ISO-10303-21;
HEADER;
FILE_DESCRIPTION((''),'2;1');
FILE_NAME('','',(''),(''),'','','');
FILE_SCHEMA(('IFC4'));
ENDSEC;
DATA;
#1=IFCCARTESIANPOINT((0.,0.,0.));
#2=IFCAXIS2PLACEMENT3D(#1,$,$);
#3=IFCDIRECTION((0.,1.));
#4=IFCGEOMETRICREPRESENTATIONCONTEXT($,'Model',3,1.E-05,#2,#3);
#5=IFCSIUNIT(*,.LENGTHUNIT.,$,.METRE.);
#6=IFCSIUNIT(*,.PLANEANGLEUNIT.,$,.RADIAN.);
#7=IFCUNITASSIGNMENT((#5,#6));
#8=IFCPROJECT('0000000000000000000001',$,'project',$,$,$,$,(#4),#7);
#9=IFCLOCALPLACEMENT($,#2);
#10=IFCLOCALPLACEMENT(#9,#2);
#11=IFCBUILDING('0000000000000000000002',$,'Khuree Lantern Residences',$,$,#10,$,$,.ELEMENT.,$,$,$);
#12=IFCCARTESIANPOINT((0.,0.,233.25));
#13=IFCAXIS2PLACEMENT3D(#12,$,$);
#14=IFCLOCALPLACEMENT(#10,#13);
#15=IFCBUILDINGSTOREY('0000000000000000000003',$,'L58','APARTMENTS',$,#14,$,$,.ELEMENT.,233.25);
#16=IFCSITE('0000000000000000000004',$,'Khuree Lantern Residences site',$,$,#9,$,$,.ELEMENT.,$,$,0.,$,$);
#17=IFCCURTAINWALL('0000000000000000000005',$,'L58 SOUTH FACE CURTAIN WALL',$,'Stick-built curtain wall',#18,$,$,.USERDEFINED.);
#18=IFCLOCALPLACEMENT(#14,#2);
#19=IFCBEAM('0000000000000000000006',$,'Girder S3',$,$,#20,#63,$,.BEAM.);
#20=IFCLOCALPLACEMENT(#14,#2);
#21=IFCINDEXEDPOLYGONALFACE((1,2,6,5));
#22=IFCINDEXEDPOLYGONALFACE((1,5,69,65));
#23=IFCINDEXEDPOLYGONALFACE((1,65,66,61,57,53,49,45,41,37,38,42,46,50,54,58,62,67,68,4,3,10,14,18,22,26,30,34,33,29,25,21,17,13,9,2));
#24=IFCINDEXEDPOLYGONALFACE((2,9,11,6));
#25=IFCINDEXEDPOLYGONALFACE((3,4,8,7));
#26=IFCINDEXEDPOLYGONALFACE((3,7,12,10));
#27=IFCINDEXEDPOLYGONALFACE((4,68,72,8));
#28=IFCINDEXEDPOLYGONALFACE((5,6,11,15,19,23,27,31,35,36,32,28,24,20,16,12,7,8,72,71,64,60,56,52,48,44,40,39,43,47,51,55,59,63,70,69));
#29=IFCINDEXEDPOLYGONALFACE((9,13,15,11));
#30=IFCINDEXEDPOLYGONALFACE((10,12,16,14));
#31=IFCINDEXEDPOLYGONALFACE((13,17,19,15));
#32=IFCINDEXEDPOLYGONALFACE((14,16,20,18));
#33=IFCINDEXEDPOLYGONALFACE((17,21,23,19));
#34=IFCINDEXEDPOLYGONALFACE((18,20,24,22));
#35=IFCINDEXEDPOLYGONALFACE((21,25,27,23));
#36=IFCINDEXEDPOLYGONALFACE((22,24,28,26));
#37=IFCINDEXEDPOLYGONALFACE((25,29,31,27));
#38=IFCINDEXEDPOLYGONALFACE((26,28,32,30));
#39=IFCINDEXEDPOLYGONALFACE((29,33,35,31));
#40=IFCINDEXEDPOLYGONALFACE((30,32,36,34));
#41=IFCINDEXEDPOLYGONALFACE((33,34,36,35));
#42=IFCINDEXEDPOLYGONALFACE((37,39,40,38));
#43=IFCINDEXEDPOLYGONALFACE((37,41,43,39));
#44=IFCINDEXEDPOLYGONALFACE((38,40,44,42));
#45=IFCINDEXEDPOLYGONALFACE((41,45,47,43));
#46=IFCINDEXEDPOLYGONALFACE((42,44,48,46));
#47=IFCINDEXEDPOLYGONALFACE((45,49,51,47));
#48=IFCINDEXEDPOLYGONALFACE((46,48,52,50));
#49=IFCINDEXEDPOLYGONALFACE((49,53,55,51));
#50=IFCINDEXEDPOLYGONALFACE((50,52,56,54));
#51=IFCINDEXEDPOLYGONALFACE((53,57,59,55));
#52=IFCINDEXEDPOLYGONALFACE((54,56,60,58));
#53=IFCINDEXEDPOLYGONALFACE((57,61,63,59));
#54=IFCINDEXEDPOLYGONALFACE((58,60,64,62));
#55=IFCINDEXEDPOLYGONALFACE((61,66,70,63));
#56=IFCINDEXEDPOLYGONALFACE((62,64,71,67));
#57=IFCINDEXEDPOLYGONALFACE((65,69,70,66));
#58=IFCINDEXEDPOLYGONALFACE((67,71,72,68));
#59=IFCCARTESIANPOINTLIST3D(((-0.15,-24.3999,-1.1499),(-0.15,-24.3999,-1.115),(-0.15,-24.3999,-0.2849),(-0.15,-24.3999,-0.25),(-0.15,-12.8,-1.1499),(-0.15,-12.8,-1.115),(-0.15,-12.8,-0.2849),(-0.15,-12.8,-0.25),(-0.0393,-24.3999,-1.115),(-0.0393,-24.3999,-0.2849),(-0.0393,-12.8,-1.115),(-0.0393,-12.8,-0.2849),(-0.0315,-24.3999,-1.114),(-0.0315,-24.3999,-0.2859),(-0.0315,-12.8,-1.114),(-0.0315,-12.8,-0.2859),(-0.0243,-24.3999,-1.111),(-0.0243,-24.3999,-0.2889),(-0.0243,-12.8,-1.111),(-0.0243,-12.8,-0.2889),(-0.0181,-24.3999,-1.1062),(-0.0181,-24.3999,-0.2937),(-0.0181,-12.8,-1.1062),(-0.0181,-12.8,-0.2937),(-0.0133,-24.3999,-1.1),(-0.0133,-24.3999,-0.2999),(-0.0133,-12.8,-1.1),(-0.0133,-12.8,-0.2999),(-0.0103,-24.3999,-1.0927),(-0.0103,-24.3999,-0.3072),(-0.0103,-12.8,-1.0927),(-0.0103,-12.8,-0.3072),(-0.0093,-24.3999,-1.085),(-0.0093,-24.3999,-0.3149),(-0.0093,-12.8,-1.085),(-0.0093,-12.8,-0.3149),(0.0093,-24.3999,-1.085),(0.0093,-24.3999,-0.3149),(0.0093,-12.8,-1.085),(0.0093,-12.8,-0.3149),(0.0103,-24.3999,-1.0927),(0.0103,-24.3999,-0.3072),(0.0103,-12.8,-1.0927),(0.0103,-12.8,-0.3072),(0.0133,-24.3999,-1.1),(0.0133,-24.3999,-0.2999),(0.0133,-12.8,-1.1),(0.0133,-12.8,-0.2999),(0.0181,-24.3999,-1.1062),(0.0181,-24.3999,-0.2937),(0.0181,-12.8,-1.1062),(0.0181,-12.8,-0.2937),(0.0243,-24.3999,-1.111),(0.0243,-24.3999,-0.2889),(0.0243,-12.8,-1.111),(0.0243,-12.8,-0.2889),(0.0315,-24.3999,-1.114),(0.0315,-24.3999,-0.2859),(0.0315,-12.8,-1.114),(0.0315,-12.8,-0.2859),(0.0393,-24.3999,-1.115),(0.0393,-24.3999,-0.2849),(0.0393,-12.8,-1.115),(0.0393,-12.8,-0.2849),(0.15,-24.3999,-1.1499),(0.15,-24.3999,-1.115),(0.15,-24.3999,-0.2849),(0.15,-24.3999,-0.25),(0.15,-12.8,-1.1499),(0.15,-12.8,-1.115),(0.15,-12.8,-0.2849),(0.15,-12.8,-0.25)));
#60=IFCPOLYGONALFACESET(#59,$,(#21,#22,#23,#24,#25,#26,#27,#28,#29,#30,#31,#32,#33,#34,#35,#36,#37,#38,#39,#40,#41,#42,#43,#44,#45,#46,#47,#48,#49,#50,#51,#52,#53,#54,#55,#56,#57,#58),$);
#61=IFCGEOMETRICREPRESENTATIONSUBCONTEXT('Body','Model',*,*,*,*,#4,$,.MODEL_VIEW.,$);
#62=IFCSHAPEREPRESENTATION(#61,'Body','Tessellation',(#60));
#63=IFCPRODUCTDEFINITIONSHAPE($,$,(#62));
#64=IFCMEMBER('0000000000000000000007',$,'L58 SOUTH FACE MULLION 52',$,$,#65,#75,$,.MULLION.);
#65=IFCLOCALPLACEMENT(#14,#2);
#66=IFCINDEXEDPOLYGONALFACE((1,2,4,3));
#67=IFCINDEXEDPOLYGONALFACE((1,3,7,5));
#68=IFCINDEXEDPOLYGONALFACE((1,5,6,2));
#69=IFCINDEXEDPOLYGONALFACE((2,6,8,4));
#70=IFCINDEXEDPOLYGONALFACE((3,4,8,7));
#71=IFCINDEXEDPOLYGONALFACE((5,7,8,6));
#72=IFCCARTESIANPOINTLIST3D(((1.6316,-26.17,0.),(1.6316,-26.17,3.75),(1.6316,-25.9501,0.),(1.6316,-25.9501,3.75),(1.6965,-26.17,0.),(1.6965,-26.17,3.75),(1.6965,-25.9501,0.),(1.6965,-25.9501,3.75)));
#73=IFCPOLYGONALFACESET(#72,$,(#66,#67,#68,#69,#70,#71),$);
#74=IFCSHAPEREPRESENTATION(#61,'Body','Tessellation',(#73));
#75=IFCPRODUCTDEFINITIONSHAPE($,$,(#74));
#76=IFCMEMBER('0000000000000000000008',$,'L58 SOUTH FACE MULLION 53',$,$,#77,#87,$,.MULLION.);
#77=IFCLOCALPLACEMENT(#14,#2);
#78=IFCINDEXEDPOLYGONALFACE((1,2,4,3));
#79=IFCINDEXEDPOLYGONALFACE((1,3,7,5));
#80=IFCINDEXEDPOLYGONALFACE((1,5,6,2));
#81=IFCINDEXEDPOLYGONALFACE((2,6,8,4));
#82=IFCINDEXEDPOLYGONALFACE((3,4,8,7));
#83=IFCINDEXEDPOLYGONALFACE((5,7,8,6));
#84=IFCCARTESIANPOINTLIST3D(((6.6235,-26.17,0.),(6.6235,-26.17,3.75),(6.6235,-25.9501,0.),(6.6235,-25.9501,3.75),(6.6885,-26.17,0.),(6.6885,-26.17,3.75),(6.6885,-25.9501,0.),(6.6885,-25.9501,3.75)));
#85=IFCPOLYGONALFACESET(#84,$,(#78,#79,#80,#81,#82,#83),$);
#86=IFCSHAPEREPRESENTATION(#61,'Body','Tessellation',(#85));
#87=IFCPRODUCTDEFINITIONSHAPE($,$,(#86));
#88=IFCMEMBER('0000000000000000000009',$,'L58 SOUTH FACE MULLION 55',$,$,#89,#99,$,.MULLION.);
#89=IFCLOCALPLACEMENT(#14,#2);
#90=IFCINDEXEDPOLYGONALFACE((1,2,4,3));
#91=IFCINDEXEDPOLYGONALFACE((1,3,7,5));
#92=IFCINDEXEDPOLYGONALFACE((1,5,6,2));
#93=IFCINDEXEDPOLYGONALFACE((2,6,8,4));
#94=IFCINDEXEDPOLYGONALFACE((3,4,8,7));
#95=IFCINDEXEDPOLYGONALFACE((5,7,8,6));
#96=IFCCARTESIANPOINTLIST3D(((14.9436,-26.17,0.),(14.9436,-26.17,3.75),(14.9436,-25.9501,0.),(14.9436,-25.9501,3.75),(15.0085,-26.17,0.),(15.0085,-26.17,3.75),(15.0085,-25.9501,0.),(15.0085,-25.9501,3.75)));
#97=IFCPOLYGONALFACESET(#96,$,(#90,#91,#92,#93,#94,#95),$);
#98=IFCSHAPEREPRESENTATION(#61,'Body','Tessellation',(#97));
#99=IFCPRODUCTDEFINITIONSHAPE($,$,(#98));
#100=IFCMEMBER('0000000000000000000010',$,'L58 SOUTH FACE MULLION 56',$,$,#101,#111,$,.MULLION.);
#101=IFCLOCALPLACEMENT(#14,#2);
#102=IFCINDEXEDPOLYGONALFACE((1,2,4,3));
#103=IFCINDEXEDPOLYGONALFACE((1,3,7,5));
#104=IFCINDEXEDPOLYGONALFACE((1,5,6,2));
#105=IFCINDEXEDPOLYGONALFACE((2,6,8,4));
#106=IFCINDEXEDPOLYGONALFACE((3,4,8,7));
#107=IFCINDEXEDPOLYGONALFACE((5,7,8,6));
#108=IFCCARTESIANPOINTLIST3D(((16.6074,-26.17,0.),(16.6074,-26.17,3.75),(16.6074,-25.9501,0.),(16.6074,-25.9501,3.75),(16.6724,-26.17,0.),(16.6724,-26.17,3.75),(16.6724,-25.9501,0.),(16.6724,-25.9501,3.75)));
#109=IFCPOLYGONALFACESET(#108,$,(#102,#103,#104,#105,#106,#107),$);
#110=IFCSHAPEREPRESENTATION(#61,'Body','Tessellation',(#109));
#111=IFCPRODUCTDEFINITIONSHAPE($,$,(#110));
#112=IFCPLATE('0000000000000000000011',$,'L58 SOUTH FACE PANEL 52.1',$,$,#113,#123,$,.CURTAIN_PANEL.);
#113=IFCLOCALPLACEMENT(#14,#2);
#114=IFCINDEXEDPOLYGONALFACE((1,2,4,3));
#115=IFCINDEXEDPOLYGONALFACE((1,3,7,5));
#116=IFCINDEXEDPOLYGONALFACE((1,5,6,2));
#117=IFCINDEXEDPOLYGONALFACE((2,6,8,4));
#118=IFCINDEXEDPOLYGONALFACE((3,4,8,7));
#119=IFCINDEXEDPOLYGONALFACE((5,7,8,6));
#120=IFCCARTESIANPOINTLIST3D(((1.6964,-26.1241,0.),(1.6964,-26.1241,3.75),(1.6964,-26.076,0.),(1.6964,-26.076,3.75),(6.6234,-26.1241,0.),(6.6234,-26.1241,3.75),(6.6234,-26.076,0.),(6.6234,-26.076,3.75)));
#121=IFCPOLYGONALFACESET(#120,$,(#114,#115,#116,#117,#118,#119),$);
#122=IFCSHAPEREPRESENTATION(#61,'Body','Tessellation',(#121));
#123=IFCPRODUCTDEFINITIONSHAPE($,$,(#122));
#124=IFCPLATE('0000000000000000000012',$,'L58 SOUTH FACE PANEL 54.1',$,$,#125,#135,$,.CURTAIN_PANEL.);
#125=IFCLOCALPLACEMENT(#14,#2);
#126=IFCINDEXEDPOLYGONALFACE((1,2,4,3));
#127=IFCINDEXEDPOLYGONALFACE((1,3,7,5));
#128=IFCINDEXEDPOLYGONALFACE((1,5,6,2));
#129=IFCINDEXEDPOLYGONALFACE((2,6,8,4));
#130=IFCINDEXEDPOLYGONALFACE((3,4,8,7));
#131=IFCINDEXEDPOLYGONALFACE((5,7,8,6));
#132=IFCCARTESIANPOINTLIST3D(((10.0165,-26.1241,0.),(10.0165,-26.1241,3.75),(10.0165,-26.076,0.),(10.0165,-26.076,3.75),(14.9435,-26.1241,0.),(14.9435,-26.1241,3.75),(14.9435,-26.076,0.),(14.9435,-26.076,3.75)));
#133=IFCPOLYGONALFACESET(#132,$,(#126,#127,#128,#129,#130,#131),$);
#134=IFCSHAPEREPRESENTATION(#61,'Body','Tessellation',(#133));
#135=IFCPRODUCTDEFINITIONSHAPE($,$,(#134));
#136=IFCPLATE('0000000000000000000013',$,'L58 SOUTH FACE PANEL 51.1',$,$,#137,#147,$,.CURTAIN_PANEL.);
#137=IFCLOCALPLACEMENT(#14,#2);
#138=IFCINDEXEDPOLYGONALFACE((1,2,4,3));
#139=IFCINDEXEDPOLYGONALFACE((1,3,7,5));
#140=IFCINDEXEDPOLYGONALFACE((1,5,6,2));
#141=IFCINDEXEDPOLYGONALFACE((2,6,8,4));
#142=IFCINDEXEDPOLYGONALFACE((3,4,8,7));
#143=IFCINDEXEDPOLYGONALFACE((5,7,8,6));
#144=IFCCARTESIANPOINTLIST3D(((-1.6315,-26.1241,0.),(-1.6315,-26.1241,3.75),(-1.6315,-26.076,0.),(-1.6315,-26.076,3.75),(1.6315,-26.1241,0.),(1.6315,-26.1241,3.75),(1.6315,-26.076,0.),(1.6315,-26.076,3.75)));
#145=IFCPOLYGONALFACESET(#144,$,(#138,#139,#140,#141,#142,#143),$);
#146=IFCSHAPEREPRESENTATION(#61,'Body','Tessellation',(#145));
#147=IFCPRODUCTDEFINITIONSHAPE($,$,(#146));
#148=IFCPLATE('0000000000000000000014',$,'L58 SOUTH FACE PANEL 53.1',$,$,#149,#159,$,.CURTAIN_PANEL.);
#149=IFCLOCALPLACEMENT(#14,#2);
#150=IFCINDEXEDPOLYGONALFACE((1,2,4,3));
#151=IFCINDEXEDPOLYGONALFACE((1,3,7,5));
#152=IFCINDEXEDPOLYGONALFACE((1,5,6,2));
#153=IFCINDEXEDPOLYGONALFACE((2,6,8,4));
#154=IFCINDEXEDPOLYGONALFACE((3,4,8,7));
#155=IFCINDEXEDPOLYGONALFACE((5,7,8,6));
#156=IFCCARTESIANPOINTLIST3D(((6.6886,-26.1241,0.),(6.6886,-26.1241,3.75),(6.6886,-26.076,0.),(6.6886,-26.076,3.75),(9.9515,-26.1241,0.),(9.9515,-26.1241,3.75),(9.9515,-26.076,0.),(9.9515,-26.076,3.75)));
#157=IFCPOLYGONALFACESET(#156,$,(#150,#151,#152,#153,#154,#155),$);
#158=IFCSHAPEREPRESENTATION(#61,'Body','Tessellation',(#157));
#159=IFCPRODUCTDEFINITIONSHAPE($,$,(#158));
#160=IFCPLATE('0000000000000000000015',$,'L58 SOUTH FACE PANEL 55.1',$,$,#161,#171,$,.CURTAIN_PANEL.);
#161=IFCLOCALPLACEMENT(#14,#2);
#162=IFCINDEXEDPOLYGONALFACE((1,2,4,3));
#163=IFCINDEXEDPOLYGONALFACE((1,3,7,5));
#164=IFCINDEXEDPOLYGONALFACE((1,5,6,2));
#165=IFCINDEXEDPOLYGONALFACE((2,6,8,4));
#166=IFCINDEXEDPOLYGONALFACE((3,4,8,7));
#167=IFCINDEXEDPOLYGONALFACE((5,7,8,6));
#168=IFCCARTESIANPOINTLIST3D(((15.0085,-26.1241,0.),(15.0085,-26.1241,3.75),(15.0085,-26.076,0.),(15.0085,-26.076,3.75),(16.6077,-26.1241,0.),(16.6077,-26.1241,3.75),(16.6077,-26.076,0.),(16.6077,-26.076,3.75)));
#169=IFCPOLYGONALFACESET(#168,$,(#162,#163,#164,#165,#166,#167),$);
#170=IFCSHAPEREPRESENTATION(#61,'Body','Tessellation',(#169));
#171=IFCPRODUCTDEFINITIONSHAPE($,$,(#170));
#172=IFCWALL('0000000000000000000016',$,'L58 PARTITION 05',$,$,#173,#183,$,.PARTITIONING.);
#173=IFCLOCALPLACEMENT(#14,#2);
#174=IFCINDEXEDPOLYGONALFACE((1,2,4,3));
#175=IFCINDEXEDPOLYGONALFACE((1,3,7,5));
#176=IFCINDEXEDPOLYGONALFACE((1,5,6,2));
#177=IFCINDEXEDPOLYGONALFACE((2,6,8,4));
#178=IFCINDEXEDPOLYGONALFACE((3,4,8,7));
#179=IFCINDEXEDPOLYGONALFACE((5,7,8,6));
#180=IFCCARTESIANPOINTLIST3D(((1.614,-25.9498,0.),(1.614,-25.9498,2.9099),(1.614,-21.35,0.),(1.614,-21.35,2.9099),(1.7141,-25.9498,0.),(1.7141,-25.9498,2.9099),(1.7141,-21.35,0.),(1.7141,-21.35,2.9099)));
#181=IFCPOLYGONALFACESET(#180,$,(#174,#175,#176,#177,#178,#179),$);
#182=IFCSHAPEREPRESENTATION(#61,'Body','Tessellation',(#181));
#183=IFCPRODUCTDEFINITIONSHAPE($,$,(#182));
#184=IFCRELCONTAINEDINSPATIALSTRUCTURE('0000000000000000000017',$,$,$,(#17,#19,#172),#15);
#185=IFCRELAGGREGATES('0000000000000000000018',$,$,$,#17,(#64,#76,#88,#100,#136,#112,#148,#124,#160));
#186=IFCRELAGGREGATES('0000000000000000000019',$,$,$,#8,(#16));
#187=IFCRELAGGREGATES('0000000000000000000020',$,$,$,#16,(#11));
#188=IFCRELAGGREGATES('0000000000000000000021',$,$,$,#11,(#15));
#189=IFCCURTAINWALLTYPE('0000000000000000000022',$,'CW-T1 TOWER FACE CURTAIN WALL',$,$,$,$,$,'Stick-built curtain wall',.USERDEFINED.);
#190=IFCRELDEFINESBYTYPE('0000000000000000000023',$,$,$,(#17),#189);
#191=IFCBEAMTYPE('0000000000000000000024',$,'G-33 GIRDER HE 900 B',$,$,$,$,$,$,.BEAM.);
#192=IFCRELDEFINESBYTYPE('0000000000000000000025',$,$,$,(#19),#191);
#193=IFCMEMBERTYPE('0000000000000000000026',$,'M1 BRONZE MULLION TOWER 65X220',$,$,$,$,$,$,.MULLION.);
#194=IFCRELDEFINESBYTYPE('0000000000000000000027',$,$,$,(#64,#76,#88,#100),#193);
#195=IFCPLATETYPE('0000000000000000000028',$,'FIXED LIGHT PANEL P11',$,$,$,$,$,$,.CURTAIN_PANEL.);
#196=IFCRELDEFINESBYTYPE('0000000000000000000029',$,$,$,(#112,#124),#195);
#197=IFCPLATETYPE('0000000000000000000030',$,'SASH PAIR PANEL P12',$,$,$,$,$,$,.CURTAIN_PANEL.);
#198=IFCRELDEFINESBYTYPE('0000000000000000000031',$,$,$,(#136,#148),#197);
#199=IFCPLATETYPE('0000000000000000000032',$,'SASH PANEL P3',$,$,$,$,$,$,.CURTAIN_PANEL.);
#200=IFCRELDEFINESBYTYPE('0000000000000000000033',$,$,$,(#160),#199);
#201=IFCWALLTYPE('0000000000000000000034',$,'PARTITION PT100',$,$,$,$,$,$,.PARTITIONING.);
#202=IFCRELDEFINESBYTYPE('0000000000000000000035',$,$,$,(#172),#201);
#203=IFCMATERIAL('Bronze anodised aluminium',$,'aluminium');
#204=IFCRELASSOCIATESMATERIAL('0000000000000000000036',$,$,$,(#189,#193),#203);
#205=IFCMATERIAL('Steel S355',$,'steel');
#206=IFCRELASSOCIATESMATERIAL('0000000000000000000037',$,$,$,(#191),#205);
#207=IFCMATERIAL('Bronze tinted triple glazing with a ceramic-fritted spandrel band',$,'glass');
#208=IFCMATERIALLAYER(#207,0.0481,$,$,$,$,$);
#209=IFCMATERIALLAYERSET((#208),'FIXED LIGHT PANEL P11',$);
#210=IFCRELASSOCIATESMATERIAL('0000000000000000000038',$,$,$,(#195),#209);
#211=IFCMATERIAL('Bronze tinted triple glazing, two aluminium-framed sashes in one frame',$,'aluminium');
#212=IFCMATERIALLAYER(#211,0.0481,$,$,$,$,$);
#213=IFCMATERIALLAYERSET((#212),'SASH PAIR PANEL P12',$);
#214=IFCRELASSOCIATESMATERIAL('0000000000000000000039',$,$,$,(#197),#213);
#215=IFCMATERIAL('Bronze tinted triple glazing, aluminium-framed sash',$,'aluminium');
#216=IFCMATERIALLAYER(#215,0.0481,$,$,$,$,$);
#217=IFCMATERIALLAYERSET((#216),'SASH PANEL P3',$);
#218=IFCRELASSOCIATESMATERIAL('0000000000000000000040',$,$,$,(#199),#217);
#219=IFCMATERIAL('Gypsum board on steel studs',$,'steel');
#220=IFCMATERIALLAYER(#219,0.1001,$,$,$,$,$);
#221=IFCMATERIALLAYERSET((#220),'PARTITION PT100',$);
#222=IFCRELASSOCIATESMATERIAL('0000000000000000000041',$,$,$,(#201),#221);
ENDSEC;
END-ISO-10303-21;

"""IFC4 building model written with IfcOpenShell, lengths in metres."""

from ifc_helpers import new_model, si_unit, direction, frame, frame_2d, origin, origin_2d, place, context, subcontext, project, spatial, rectangle, i_section, extrude, material, layer, layer_set, material_profile, profile_set, type_object, element, aggregate, save


model = new_model("IFC4")

# Units and contexts
model_context = context("Model", 3, precision=1e-05, world=origin(), true_north=direction((0.0, 1.0)))
body_context = subcontext(model_context, "Body", "Model", "MODEL_VIEW")
ifc_project = project(units=[si_unit("LENGTHUNIT", "METRE"), si_unit("PLANEANGLEUNIT", "RADIAN")], contexts=[model_context])

# Site, building, storey
site_placement = place(None, origin())
site = spatial("IfcSite", under=ifc_project, at=site_placement, Name="Khuree Lantern Residences site", CompositionType="ELEMENT", RefElevation=0.0)
building_placement = place(site_placement, origin())
building = spatial("IfcBuilding", under=site, at=building_placement, Name="Khuree Lantern Residences", CompositionType="ELEMENT")
storey_placement = place(building_placement, frame((0.0, 0.0, 233.25)))
storey = spatial("IfcBuildingStorey", under=building, at=storey_placement, Name="L58", Description="APARTMENTS", CompositionType="ELEMENT", Elevation=233.25)

# Shared definitions
ifc_material_1 = material(Name="Steel S355", Category="steel")

# Curtain wall
ifc_material_2 = material(Name="Bronze anodised aluminium", Category="aluminium")
curtain_wall_type = type_object("IfcCurtainWallType", Name="CW-T1 TOWER FACE CURTAIN WALL", ElementType="Stick-built curtain wall", PredefinedType="USERDEFINED", material=ifc_material_2)
curtain_wall_placement = place(storey_placement, origin())
curtain_wall = element("IfcCurtainWall", 1, at=curtain_wall_placement, inside=storey, type_object=curtain_wall_type, Name="L58 SOUTH FACE CURTAIN WALL", ObjectType="Stick-built curtain wall", PredefinedType="USERDEFINED")

# Beam
ifc_material_profile_1 = material_profile(ifc_material_1, i_section(OverallWidth=0.3, OverallDepth=0.8999, WebThickness=0.0186, FlangeThickness=0.0349, FilletRadius=0.03, at=origin_2d()), Name="HE 900 B")
ifc_profile_set_1 = profile_set([ifc_material_profile_1], Name="Steel S355")
beam_type_1 = type_object("IfcBeamType", Name="G-33 GIRDER HE 900 B", PredefinedType="BEAM", material=ifc_profile_set_1)
for number, where, z_axis, x_axis, name in (
    (2, (0.0, -24.3999, -0.7), (0.0, 1.0, 0.0), (-1.0, 0.0, 0.0), "Girder S3"),
):
    element("IfcBeam", number, at=place(storey_placement, frame(where, z_axis=z_axis, x_axis=x_axis)), inside=storey, type_object=beam_type_1, Name=name, PredefinedType="BEAM", context=body_context, shape_type="SweptSolid", body=[
        extrude(i_section(OverallWidth=0.3, OverallDepth=0.8999, WebThickness=0.0186, FlangeThickness=0.0349, FilletRadius=0.03, at=origin_2d()), origin(), (0.0, 0.0, 1.0), 11.5999),
    ])

# Members
ifc_material_profile_2 = material_profile(ifc_material_2, rectangle(XDim=0.0649, YDim=0.22, at=origin_2d()), Name="M1 65X220")
ifc_profile_set_2 = profile_set([ifc_material_profile_2], Name="Bronze anodised aluminium")
member_type_1 = type_object("IfcMemberType", Name="M1 BRONZE MULLION TOWER 65X220", PredefinedType="MULLION", material=ifc_profile_set_2)
member_1_placement = place(storey_placement, frame((1.6641, -26.0601, 0.0), z_axis=(0.0, 0.0, 1.0), x_axis=(1.0, 0.0, 0.0)))
member_1 = element("IfcMember", 3, at=member_1_placement, type_object=member_type_1, Name="L58 SOUTH FACE MULLION 52", PredefinedType="MULLION", context=body_context, shape_type="SweptSolid", body=[
    extrude(rectangle(XDim=0.0649, YDim=0.22, at=origin_2d()), origin(), (0.0, 0.0, 1.0), 3.75),
])
member_2_placement = place(storey_placement, frame((6.656, -26.0601, 0.0), z_axis=(0.0, 0.0, 1.0), x_axis=(1.0, 0.0, 0.0)))
member_2 = element("IfcMember", 4, at=member_2_placement, type_object=member_type_1, Name="L58 SOUTH FACE MULLION 53", PredefinedType="MULLION", context=body_context, shape_type="SweptSolid", body=[
    extrude(rectangle(XDim=0.0649, YDim=0.22, at=origin_2d()), origin(), (0.0, 0.0, 1.0), 3.75),
])
member_3_placement = place(storey_placement, frame((14.9761, -26.0601, 0.0), z_axis=(0.0, 0.0, 1.0), x_axis=(1.0, 0.0, 0.0)))
member_3 = element("IfcMember", 5, at=member_3_placement, type_object=member_type_1, Name="L58 SOUTH FACE MULLION 55", PredefinedType="MULLION", context=body_context, shape_type="SweptSolid", body=[
    extrude(rectangle(XDim=0.0649, YDim=0.22, at=origin_2d()), origin(), (0.0, 0.0, 1.0), 3.75),
])
member_4_placement = place(storey_placement, frame((16.6399, -26.0601, 0.0), z_axis=(0.0, 0.0, 1.0), x_axis=(1.0, 0.0, 0.0)))
member_4 = element("IfcMember", 6, at=member_4_placement, type_object=member_type_1, Name="L58 SOUTH FACE MULLION 56", PredefinedType="MULLION", context=body_context, shape_type="SweptSolid", body=[
    extrude(rectangle(XDim=0.0649, YDim=0.22, at=origin_2d()), origin(), (0.0, 0.0, 1.0), 3.75),
])

# Plates
ifc_material_3 = material(Name="Bronze tinted triple glazing with a ceramic-fritted spandrel band", Category="glass")
ifc_layer_1 = layer(ifc_material_3, 0.0481)
ifc_layer_set_1 = layer_set([ifc_layer_1], Name="FIXED LIGHT PANEL P11")
plate_type_1 = type_object("IfcPlateType", Name="FIXED LIGHT PANEL P11", PredefinedType="CURTAIN_PANEL", material=ifc_layer_set_1)
plate_1_placement = place(storey_placement, frame((4.1599, -26.1001, 0.0), z_axis=(0.0, 0.0, 1.0), x_axis=(1.0, 0.0, 0.0)))
plate_1 = element("IfcPlate", 7, at=plate_1_placement, type_object=plate_type_1, Name="L58 SOUTH FACE PANEL 52.1", PredefinedType="CURTAIN_PANEL", context=body_context, shape_type="SweptSolid", body=[
    extrude(rectangle(XDim=4.927, YDim=0.0481, at=origin_2d()), origin(), (0.0, 0.0, 1.0), 3.75),
])
plate_2_placement = place(storey_placement, frame((12.48, -26.1001, 0.0), z_axis=(0.0, 0.0, 1.0), x_axis=(1.0, 0.0, 0.0)))
plate_2 = element("IfcPlate", 8, at=plate_2_placement, type_object=plate_type_1, Name="L58 SOUTH FACE PANEL 54.1", PredefinedType="CURTAIN_PANEL", context=body_context, shape_type="SweptSolid", body=[
    extrude(rectangle(XDim=4.927, YDim=0.0481, at=origin_2d()), origin(), (0.0, 0.0, 1.0), 3.75),
])
ifc_material_4 = material(Name="Bronze tinted triple glazing, two aluminium-framed sashes in one frame", Category="aluminium")
ifc_layer_2 = layer(ifc_material_4, 0.0481)
ifc_layer_set_2 = layer_set([ifc_layer_2], Name="SASH PAIR PANEL P12")
plate_type_2 = type_object("IfcPlateType", Name="SASH PAIR PANEL P12", PredefinedType="CURTAIN_PANEL", material=ifc_layer_set_2)
plate_3_placement = place(storey_placement, frame((0.0, -26.1001, 0.0), z_axis=(0.0, 0.0, 1.0), x_axis=(1.0, 0.0, 0.0)))
plate_3 = element("IfcPlate", 9, at=plate_3_placement, type_object=plate_type_2, Name="L58 SOUTH FACE PANEL 51.1", PredefinedType="CURTAIN_PANEL", context=body_context, shape_type="SweptSolid", body=[
    extrude(rectangle(XDim=3.2629, YDim=0.0481, at=origin_2d()), origin(), (0.0, 0.0, 1.0), 3.75),
])
plate_4_placement = place(storey_placement, frame((8.3201, -26.1001, 0.0), z_axis=(0.0, 0.0, 1.0), x_axis=(1.0, 0.0, 0.0)))
plate_4 = element("IfcPlate", 10, at=plate_4_placement, type_object=plate_type_2, Name="L58 SOUTH FACE PANEL 53.1", PredefinedType="CURTAIN_PANEL", context=body_context, shape_type="SweptSolid", body=[
    extrude(rectangle(XDim=3.2629, YDim=0.0481, at=origin_2d()), origin(), (0.0, 0.0, 1.0), 3.75),
])
ifc_material_5 = material(Name="Bronze tinted triple glazing, aluminium-framed sash", Category="aluminium")
ifc_layer_3 = layer(ifc_material_5, 0.0481)
ifc_layer_set_3 = layer_set([ifc_layer_3], Name="SASH PANEL P3")
plate_type_3 = type_object("IfcPlateType", Name="SASH PANEL P3", PredefinedType="CURTAIN_PANEL", material=ifc_layer_set_3)
plate_5_placement = place(storey_placement, frame((15.8081, -26.1001, 0.0), z_axis=(0.0, 0.0, 1.0), x_axis=(1.0, 0.0, 0.0)))
plate_5 = element("IfcPlate", 11, at=plate_5_placement, type_object=plate_type_3, Name="L58 SOUTH FACE PANEL 55.1", PredefinedType="CURTAIN_PANEL", context=body_context, shape_type="SweptSolid", body=[
    extrude(rectangle(XDim=1.5991, YDim=0.0481, at=origin_2d()), origin(), (0.0, 0.0, 1.0), 3.75),
])
aggregate(curtain_wall, [member_1, member_2, member_3, member_4, plate_3, plate_1, plate_4, plate_2, plate_5])

# Wall
ifc_material_6 = material(Name="Gypsum board on steel studs", Category="steel")
ifc_layer_4 = layer(ifc_material_6, 0.1001)
ifc_layer_set_4 = layer_set([ifc_layer_4], Name="PARTITION PT100")
wall_type = type_object("IfcWallType", Name="PARTITION PT100", PredefinedType="PARTITIONING", material=ifc_layer_set_4)
for number, where, z_axis, x_axis, name in (
    (12, (1.6641, -21.3501, 0.0), (0.0, 0.0, 1.0), (0.0, -1.0, 0.0), "L58 PARTITION 05"),
):
    element("IfcWall", number, at=place(storey_placement, frame(where, z_axis=z_axis, x_axis=x_axis)), inside=storey, type_object=wall_type, Name=name, PredefinedType="PARTITIONING", context=body_context, shape_type="SweptSolid", body=[
        extrude(rectangle(XDim=4.5999, YDim=0.1001, at=frame_2d((2.2998, 0.0))), origin(), (0.0, 0.0, 1.0), 2.9099),
    ])

save(model, "model.ifc")
